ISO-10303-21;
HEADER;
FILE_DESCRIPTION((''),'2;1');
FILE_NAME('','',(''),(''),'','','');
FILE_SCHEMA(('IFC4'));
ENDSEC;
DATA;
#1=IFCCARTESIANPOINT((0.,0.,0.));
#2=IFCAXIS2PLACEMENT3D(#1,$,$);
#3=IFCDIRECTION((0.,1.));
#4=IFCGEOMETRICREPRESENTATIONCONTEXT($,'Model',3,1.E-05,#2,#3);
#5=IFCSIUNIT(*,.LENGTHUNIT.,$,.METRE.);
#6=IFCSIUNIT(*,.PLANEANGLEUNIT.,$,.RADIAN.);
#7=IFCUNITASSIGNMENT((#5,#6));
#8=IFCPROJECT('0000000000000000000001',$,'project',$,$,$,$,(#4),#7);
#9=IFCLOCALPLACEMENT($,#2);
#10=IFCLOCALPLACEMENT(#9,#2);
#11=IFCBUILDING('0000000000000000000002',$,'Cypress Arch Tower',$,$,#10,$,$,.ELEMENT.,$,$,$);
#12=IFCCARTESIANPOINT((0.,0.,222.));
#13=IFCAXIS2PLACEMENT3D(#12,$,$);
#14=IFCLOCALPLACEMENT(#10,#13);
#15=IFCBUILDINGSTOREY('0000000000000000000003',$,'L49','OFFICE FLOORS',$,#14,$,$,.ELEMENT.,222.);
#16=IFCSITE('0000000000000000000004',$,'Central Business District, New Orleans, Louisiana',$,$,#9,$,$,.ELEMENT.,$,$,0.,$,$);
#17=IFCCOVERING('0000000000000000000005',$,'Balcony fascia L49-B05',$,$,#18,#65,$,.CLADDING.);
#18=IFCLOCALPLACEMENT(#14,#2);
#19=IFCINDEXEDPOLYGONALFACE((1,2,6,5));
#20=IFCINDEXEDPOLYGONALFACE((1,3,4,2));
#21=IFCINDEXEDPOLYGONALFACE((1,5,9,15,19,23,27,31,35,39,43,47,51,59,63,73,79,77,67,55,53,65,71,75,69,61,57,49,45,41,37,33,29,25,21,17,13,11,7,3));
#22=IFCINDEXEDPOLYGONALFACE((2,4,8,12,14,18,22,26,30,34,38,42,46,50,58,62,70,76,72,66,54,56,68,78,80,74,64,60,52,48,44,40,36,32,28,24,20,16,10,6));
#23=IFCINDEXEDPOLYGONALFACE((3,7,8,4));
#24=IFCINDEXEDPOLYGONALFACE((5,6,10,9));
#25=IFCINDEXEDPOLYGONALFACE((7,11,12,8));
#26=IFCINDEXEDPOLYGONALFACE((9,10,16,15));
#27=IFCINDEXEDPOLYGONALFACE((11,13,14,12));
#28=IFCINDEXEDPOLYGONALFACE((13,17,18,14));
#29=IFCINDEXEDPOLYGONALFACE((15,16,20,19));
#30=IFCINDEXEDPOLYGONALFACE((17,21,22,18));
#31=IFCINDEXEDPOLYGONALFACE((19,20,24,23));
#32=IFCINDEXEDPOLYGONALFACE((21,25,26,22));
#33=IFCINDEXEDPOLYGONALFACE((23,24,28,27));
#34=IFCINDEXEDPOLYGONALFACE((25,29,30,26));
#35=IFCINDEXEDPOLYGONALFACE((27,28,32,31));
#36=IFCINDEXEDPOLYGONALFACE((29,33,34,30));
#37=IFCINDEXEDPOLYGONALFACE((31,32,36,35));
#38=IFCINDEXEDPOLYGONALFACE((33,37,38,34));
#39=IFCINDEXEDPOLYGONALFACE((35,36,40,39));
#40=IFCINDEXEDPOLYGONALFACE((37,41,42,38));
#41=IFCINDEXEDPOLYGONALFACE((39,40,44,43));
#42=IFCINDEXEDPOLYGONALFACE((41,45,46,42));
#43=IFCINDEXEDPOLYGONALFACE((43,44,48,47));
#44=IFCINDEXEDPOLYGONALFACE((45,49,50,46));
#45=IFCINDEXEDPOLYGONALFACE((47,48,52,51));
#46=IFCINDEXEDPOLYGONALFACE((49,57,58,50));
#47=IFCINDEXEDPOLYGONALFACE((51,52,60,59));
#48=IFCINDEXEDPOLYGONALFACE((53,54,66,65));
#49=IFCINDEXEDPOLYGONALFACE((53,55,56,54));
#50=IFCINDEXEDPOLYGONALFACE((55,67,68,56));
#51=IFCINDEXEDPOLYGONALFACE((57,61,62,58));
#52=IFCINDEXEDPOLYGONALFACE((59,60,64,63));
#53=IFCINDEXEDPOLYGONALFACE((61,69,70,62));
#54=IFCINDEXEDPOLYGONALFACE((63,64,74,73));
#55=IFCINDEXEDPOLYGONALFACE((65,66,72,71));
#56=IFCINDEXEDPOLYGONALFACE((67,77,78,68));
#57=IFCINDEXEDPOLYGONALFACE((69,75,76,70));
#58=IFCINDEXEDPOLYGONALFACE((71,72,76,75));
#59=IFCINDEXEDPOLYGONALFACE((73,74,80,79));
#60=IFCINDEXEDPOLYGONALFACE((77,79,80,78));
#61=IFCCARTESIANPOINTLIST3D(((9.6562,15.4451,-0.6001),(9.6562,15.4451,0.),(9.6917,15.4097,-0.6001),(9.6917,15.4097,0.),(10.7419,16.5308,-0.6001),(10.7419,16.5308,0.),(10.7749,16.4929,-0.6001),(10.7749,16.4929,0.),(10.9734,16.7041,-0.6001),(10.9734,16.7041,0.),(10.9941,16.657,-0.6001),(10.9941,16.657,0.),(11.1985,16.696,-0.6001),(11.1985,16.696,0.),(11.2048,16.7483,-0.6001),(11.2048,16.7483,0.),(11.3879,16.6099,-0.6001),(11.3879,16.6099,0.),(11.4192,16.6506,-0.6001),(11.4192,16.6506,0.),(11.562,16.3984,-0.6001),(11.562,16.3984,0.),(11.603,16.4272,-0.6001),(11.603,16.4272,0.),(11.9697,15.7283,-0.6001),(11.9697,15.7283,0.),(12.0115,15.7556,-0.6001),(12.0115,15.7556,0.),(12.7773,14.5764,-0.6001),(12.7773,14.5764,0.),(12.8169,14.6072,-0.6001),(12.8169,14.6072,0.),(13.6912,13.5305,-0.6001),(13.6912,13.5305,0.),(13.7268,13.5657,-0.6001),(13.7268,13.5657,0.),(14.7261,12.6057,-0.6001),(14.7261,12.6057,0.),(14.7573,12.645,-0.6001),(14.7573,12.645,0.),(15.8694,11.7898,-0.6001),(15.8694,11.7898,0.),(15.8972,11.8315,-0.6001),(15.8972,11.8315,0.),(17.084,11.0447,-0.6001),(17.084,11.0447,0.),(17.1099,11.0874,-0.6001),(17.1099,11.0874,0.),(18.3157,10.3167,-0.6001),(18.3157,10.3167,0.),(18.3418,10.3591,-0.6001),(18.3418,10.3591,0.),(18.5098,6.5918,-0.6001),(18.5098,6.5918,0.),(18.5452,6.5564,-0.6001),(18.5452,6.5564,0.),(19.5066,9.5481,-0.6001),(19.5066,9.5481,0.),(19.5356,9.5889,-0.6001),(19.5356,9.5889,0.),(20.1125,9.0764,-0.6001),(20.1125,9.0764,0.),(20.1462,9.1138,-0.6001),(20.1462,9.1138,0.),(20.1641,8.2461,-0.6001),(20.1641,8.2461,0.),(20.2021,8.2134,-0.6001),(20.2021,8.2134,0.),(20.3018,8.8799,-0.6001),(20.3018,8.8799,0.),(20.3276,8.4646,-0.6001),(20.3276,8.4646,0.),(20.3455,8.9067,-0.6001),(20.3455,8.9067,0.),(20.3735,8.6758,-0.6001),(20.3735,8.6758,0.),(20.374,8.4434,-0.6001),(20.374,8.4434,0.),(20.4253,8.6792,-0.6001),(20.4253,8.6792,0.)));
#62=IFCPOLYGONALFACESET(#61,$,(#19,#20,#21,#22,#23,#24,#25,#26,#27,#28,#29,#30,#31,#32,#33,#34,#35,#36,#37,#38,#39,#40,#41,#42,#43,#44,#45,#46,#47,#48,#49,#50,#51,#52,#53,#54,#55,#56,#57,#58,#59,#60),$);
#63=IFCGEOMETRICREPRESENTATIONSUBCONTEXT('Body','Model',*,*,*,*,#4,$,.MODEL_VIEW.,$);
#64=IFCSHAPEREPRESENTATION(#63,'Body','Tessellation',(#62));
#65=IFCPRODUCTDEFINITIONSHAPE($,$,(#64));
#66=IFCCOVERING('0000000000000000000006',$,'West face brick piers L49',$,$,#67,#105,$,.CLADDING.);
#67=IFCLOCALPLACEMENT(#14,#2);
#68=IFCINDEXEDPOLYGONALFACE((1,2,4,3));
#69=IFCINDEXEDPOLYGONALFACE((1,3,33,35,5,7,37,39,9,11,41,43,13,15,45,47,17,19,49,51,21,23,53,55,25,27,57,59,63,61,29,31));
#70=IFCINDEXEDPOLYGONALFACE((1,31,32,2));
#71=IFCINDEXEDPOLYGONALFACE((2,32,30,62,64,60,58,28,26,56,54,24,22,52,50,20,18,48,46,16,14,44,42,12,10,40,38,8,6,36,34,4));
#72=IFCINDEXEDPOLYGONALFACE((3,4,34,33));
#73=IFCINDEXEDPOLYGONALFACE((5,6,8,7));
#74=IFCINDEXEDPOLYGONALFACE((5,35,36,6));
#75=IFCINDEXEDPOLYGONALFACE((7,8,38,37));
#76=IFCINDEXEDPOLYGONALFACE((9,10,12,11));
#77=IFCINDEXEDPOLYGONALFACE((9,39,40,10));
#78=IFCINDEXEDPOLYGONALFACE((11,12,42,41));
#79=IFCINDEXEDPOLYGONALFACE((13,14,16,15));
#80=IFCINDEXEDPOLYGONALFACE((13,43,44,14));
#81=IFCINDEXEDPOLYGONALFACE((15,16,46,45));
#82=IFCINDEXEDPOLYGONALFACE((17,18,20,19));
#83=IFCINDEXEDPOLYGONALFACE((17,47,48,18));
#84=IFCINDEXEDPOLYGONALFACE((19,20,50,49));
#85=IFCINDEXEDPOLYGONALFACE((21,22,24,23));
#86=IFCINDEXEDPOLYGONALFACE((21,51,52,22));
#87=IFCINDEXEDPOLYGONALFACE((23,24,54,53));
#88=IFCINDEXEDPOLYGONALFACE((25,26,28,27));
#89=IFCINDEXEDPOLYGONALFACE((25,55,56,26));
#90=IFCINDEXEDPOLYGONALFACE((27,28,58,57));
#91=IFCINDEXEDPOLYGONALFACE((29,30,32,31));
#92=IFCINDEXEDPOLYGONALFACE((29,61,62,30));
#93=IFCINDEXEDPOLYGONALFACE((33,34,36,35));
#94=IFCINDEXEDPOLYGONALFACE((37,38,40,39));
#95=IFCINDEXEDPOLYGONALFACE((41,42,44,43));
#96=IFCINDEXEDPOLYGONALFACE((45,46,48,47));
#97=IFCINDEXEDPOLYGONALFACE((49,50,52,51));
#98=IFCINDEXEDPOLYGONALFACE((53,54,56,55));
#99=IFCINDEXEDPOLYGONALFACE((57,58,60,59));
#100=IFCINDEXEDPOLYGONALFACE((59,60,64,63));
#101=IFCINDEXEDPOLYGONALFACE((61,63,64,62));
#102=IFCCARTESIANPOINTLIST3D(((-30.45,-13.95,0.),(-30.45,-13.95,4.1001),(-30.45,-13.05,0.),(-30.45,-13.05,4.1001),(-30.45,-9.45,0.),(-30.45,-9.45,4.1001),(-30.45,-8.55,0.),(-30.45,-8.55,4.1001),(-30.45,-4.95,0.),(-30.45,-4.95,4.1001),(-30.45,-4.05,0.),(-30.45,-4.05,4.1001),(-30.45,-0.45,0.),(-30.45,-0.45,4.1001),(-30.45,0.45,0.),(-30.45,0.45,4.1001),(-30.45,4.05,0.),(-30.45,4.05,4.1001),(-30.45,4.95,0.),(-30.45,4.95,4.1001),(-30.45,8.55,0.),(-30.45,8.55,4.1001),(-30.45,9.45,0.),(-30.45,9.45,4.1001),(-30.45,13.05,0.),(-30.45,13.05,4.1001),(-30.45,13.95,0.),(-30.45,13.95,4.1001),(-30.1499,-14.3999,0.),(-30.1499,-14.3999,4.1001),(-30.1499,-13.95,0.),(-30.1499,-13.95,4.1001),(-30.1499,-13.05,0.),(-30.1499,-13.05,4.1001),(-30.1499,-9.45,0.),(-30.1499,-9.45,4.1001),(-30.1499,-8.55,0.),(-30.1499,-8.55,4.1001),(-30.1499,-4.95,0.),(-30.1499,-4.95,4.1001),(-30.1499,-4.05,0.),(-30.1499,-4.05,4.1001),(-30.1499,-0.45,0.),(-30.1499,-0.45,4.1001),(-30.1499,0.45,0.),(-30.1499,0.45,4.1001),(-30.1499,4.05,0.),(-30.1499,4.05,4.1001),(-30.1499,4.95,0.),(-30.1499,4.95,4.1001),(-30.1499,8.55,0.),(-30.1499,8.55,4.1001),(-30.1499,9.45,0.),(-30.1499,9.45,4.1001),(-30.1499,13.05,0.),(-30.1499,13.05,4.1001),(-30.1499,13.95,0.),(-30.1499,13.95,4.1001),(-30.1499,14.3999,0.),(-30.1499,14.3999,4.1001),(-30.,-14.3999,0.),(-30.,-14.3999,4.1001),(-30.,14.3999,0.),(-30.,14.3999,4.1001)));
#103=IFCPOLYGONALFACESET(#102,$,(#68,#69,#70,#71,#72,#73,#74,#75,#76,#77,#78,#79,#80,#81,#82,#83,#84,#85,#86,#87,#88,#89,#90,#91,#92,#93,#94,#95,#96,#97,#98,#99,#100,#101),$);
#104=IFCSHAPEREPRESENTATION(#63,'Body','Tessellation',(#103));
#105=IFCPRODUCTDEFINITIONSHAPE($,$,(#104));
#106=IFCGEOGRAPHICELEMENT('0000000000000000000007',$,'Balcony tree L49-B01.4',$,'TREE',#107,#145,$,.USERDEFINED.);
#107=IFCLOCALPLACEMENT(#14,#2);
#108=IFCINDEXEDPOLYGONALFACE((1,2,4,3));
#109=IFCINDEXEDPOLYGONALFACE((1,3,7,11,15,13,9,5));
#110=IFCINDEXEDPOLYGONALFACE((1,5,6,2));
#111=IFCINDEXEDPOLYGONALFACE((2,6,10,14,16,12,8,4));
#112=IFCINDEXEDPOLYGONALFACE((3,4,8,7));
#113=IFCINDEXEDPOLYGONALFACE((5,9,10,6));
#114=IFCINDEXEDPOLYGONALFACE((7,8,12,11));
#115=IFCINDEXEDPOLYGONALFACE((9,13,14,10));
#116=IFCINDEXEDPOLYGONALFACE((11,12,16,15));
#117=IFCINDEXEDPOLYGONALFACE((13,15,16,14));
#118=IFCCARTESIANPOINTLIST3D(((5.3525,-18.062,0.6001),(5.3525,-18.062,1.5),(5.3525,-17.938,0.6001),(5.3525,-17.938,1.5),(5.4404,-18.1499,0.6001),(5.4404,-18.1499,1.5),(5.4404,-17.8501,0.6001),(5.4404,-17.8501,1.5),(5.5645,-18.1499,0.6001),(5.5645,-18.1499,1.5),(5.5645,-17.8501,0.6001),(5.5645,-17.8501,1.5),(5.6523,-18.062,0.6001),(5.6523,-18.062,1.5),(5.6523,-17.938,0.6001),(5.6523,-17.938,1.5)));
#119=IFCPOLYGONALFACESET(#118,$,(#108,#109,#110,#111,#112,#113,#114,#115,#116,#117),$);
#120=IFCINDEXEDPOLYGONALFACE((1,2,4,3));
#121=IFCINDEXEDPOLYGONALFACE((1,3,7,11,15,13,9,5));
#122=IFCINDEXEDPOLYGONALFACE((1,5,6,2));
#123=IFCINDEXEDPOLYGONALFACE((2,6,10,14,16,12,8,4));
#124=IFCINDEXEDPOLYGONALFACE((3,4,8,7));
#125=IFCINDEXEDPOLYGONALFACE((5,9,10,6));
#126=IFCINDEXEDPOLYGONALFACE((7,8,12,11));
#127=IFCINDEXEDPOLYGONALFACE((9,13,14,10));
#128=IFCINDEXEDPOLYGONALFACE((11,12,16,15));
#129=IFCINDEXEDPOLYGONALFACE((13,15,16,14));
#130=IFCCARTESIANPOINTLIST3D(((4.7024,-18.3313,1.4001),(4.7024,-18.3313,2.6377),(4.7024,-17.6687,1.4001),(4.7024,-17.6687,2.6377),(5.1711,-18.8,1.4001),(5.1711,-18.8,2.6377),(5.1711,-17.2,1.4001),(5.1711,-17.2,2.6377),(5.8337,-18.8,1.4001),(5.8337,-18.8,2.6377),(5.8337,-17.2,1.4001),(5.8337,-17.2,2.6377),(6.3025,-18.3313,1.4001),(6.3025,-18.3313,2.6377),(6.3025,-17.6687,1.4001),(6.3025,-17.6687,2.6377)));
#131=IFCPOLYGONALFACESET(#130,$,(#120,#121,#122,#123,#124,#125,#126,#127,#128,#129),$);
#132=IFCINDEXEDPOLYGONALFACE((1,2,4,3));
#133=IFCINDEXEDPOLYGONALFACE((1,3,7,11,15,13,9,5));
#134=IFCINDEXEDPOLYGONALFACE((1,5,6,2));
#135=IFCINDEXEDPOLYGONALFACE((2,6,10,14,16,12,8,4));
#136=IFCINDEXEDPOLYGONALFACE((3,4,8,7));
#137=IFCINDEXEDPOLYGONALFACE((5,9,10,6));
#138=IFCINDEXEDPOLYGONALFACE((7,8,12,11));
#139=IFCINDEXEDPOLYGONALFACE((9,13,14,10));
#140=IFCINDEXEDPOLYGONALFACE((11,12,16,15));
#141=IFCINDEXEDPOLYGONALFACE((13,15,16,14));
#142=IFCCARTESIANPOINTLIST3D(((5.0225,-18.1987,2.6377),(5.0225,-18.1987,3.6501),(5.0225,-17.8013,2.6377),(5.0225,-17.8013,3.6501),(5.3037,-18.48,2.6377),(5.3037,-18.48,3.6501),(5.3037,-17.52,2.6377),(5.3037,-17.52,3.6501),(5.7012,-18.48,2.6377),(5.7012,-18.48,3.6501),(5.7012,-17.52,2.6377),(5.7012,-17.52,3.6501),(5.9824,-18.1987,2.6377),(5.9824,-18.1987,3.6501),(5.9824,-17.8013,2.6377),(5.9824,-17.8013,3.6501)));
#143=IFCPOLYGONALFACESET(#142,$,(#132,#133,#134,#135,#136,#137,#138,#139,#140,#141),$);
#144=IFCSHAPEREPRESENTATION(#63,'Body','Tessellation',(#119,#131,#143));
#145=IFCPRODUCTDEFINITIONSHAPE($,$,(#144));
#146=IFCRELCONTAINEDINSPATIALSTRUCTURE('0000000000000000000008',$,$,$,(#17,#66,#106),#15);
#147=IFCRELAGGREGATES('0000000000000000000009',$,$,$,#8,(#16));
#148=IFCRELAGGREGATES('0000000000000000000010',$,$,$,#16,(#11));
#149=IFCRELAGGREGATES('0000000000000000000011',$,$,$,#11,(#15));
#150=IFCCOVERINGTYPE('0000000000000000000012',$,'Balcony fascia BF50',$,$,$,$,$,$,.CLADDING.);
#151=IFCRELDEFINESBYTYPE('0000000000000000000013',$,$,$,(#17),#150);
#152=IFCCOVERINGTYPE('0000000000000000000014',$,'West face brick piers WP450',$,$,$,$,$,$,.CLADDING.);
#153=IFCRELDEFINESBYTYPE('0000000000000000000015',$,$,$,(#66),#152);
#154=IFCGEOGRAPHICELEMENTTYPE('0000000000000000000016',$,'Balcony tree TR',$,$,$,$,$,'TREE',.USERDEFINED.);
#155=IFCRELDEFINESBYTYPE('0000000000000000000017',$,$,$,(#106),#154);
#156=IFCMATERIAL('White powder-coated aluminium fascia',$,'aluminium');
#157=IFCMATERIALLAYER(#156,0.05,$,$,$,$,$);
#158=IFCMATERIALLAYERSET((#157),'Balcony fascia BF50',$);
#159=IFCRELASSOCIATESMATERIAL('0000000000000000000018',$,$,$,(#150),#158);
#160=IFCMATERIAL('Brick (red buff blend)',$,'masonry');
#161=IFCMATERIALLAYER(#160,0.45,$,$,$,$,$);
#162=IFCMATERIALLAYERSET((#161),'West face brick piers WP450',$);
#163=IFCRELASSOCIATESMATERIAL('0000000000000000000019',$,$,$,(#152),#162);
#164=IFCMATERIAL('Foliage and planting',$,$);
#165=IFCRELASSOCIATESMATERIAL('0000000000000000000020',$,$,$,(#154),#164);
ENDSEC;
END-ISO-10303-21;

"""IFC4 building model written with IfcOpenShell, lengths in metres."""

from ifc_helpers import new_model, si_unit, direction, frame, origin, place, context, subcontext, project, spatial, polyline, outline, extrude, material, layer, layer_set, type_object, element, save


model = new_model("IFC4")

# Units and contexts
model_context = context("Model", 3, precision=1e-05, world=origin(), true_north=direction((0.0, 1.0)))
body_context = subcontext(model_context, "Body", "Model", "MODEL_VIEW")
ifc_project = project(units=[si_unit("LENGTHUNIT", "METRE"), si_unit("PLANEANGLEUNIT", "RADIAN")], contexts=[model_context])

# Site, building, storey
site_placement = place(None, origin())
site = spatial("IfcSite", under=ifc_project, at=site_placement, Name="Central Business District, New Orleans, Louisiana", CompositionType="ELEMENT", RefElevation=0.0)
building_placement = place(site_placement, origin())
building = spatial("IfcBuilding", under=site, at=building_placement, Name="Cypress Arch Tower", CompositionType="ELEMENT")
storey_placement = place(building_placement, frame((0.0, 0.0, 222.0)))
storey = spatial("IfcBuildingStorey", under=building, at=storey_placement, Name="L49", Description="OFFICE FLOORS", CompositionType="ELEMENT", Elevation=222.0)

# Coverings
ifc_material_1 = material(Name="White powder-coated aluminium fascia", Category="aluminium")
ifc_layer_1 = layer(ifc_material_1, 0.05)
ifc_layer_set_1 = layer_set([ifc_layer_1], Name="Balcony fascia BF50")
covering_type_1 = type_object("IfcCoveringType", Name="Balcony fascia BF50", PredefinedType="CLADDING", material=ifc_layer_set_1)
covering_1_placement = place(storey_placement, frame((0.0, 0.0, -0.6001)))
element("IfcCovering", 1, at=covering_1_placement, inside=storey, type_object=covering_type_1, Name="Balcony fascia L49-B05", PredefinedType="CLADDING", context=body_context, shape_type="SweptSolid", body=[
    extrude(outline(polyline([(10.7419, 16.5308), (10.9734, 16.7041), (11.2048, 16.7483), (11.4192, 16.6506), (11.603, 16.4272), (12.0115, 15.7556), (12.8169, 14.6072), (13.7268, 13.5657), (14.7573, 12.645), (15.8972, 11.8315), (17.1099, 11.0874), (18.3418, 10.3591), (19.5356, 9.5889), (20.1462, 9.1138), (20.3455, 8.9067), (20.4253, 8.6792), (20.374, 8.4434), (20.2021, 8.2134), (18.5452, 6.5564), (18.5098, 6.5918), (20.1641, 8.2461), (20.3276, 8.4646), (20.3735, 8.6758), (20.3018, 8.8799), (20.1125, 9.0764), (19.5066, 9.5481), (18.3157, 10.3167), (17.084, 11.0447), (15.8694, 11.7898), (14.7261, 12.6057), (13.6912, 13.5305), (12.7773, 14.5764), (11.9697, 15.7283), (11.562, 16.3984), (11.3879, 16.6099), (11.1985, 16.696), (10.9941, 16.657), (10.7749, 16.4929), (9.6917, 15.4097), (9.6562, 15.4451), (10.7419, 16.5308)])), origin(), (0.0, 0.0, 1.0), 0.6001),
])
ifc_material_2 = material(Name="Brick (red buff blend)", Category="masonry")
ifc_layer_2 = layer(ifc_material_2, 0.45)
ifc_layer_set_2 = layer_set([ifc_layer_2], Name="West face brick piers WP450")
covering_type_2 = type_object("IfcCoveringType", Name="West face brick piers WP450", PredefinedType="CLADDING", material=ifc_layer_set_2)
covering_2_placement = place(storey_placement, origin())
element("IfcCovering", 2, at=covering_2_placement, inside=storey, type_object=covering_type_2, Name="West face brick piers L49", PredefinedType="CLADDING", context=body_context, shape_type="SweptSolid", body=[
    extrude(outline(polyline([(-30.1499, -13.05), (-30.1499, -9.45), (-30.45, -9.45), (-30.45, -8.55), (-30.1499, -8.55), (-30.1499, -4.95), (-30.45, -4.95), (-30.45, -4.05), (-30.1499, -4.05), (-30.1499, -0.45), (-30.45, -0.45), (-30.45, 0.45), (-30.1499, 0.45), (-30.1499, 4.05), (-30.45, 4.05), (-30.45, 4.95), (-30.1499, 4.95), (-30.1499, 8.55), (-30.45, 8.55), (-30.45, 9.45), (-30.1499, 9.45), (-30.1499, 13.05), (-30.45, 13.05), (-30.45, 13.95), (-30.1499, 13.95), (-30.1499, 14.3999), (-30.0, 14.3999), (-30.0, -14.3999), (-30.1499, -14.3999), (-30.1499, -13.95), (-30.45, -13.95), (-30.45, -13.05), (-30.1499, -13.05)])), origin(), (0.0, 0.0, 1.0), 4.1001),
])

# Geographic element
ifc_material_3 = material(Name="Foliage and planting")
geographic_element_type = type_object("IfcGeographicElementType", Name="Balcony tree TR", ElementType="TREE", PredefinedType="USERDEFINED", material=ifc_material_3)
geographic_element_placement = place(storey_placement, frame((5.5024, -18.0, 0.6001), z_axis=(0.0, 0.0, 1.0), x_axis=(1.0, 0.0, 0.0)))
element("IfcGeographicElement", 3, at=geographic_element_placement, inside=storey, type_object=geographic_element_type, Name="Balcony tree L49-B01.4", ObjectType="TREE", PredefinedType="USERDEFINED", context=body_context, shape_type="SweptSolid", body=[
    extrude(outline(polyline([(0.1499, 0.062), (0.062, 0.1499), (-0.062, 0.1499), (-0.1499, 0.062), (-0.1499, -0.062), (-0.062, -0.1499), (0.062, -0.1499), (0.1499, -0.062), (0.1499, 0.062)])), origin(), (0.0, 0.0, 1.0), 0.8999),
    extrude(outline(polyline([(0.8, 0.3313), (0.3313, 0.8), (-0.3313, 0.8), (-0.8, 0.3313), (-0.8, -0.3313), (-0.3313, -0.8), (0.3313, -0.8), (0.8, -0.3313), (0.8, 0.3313)])), frame((0.0, 0.0, 0.8)), (0.0, 0.0, 1.0), 1.2375),
    extrude(outline(polyline([(0.48, 0.1987), (0.1987, 0.48), (-0.1987, 0.48), (-0.48, 0.1987), (-0.48, -0.1987), (-0.1987, -0.48), (0.1987, -0.48), (0.48, -0.1987), (0.48, 0.1987)])), frame((0.0, 0.0, 2.0376)), (0.0, 0.0, 1.0), 1.0125),
])

save(model, "model.ifc")
